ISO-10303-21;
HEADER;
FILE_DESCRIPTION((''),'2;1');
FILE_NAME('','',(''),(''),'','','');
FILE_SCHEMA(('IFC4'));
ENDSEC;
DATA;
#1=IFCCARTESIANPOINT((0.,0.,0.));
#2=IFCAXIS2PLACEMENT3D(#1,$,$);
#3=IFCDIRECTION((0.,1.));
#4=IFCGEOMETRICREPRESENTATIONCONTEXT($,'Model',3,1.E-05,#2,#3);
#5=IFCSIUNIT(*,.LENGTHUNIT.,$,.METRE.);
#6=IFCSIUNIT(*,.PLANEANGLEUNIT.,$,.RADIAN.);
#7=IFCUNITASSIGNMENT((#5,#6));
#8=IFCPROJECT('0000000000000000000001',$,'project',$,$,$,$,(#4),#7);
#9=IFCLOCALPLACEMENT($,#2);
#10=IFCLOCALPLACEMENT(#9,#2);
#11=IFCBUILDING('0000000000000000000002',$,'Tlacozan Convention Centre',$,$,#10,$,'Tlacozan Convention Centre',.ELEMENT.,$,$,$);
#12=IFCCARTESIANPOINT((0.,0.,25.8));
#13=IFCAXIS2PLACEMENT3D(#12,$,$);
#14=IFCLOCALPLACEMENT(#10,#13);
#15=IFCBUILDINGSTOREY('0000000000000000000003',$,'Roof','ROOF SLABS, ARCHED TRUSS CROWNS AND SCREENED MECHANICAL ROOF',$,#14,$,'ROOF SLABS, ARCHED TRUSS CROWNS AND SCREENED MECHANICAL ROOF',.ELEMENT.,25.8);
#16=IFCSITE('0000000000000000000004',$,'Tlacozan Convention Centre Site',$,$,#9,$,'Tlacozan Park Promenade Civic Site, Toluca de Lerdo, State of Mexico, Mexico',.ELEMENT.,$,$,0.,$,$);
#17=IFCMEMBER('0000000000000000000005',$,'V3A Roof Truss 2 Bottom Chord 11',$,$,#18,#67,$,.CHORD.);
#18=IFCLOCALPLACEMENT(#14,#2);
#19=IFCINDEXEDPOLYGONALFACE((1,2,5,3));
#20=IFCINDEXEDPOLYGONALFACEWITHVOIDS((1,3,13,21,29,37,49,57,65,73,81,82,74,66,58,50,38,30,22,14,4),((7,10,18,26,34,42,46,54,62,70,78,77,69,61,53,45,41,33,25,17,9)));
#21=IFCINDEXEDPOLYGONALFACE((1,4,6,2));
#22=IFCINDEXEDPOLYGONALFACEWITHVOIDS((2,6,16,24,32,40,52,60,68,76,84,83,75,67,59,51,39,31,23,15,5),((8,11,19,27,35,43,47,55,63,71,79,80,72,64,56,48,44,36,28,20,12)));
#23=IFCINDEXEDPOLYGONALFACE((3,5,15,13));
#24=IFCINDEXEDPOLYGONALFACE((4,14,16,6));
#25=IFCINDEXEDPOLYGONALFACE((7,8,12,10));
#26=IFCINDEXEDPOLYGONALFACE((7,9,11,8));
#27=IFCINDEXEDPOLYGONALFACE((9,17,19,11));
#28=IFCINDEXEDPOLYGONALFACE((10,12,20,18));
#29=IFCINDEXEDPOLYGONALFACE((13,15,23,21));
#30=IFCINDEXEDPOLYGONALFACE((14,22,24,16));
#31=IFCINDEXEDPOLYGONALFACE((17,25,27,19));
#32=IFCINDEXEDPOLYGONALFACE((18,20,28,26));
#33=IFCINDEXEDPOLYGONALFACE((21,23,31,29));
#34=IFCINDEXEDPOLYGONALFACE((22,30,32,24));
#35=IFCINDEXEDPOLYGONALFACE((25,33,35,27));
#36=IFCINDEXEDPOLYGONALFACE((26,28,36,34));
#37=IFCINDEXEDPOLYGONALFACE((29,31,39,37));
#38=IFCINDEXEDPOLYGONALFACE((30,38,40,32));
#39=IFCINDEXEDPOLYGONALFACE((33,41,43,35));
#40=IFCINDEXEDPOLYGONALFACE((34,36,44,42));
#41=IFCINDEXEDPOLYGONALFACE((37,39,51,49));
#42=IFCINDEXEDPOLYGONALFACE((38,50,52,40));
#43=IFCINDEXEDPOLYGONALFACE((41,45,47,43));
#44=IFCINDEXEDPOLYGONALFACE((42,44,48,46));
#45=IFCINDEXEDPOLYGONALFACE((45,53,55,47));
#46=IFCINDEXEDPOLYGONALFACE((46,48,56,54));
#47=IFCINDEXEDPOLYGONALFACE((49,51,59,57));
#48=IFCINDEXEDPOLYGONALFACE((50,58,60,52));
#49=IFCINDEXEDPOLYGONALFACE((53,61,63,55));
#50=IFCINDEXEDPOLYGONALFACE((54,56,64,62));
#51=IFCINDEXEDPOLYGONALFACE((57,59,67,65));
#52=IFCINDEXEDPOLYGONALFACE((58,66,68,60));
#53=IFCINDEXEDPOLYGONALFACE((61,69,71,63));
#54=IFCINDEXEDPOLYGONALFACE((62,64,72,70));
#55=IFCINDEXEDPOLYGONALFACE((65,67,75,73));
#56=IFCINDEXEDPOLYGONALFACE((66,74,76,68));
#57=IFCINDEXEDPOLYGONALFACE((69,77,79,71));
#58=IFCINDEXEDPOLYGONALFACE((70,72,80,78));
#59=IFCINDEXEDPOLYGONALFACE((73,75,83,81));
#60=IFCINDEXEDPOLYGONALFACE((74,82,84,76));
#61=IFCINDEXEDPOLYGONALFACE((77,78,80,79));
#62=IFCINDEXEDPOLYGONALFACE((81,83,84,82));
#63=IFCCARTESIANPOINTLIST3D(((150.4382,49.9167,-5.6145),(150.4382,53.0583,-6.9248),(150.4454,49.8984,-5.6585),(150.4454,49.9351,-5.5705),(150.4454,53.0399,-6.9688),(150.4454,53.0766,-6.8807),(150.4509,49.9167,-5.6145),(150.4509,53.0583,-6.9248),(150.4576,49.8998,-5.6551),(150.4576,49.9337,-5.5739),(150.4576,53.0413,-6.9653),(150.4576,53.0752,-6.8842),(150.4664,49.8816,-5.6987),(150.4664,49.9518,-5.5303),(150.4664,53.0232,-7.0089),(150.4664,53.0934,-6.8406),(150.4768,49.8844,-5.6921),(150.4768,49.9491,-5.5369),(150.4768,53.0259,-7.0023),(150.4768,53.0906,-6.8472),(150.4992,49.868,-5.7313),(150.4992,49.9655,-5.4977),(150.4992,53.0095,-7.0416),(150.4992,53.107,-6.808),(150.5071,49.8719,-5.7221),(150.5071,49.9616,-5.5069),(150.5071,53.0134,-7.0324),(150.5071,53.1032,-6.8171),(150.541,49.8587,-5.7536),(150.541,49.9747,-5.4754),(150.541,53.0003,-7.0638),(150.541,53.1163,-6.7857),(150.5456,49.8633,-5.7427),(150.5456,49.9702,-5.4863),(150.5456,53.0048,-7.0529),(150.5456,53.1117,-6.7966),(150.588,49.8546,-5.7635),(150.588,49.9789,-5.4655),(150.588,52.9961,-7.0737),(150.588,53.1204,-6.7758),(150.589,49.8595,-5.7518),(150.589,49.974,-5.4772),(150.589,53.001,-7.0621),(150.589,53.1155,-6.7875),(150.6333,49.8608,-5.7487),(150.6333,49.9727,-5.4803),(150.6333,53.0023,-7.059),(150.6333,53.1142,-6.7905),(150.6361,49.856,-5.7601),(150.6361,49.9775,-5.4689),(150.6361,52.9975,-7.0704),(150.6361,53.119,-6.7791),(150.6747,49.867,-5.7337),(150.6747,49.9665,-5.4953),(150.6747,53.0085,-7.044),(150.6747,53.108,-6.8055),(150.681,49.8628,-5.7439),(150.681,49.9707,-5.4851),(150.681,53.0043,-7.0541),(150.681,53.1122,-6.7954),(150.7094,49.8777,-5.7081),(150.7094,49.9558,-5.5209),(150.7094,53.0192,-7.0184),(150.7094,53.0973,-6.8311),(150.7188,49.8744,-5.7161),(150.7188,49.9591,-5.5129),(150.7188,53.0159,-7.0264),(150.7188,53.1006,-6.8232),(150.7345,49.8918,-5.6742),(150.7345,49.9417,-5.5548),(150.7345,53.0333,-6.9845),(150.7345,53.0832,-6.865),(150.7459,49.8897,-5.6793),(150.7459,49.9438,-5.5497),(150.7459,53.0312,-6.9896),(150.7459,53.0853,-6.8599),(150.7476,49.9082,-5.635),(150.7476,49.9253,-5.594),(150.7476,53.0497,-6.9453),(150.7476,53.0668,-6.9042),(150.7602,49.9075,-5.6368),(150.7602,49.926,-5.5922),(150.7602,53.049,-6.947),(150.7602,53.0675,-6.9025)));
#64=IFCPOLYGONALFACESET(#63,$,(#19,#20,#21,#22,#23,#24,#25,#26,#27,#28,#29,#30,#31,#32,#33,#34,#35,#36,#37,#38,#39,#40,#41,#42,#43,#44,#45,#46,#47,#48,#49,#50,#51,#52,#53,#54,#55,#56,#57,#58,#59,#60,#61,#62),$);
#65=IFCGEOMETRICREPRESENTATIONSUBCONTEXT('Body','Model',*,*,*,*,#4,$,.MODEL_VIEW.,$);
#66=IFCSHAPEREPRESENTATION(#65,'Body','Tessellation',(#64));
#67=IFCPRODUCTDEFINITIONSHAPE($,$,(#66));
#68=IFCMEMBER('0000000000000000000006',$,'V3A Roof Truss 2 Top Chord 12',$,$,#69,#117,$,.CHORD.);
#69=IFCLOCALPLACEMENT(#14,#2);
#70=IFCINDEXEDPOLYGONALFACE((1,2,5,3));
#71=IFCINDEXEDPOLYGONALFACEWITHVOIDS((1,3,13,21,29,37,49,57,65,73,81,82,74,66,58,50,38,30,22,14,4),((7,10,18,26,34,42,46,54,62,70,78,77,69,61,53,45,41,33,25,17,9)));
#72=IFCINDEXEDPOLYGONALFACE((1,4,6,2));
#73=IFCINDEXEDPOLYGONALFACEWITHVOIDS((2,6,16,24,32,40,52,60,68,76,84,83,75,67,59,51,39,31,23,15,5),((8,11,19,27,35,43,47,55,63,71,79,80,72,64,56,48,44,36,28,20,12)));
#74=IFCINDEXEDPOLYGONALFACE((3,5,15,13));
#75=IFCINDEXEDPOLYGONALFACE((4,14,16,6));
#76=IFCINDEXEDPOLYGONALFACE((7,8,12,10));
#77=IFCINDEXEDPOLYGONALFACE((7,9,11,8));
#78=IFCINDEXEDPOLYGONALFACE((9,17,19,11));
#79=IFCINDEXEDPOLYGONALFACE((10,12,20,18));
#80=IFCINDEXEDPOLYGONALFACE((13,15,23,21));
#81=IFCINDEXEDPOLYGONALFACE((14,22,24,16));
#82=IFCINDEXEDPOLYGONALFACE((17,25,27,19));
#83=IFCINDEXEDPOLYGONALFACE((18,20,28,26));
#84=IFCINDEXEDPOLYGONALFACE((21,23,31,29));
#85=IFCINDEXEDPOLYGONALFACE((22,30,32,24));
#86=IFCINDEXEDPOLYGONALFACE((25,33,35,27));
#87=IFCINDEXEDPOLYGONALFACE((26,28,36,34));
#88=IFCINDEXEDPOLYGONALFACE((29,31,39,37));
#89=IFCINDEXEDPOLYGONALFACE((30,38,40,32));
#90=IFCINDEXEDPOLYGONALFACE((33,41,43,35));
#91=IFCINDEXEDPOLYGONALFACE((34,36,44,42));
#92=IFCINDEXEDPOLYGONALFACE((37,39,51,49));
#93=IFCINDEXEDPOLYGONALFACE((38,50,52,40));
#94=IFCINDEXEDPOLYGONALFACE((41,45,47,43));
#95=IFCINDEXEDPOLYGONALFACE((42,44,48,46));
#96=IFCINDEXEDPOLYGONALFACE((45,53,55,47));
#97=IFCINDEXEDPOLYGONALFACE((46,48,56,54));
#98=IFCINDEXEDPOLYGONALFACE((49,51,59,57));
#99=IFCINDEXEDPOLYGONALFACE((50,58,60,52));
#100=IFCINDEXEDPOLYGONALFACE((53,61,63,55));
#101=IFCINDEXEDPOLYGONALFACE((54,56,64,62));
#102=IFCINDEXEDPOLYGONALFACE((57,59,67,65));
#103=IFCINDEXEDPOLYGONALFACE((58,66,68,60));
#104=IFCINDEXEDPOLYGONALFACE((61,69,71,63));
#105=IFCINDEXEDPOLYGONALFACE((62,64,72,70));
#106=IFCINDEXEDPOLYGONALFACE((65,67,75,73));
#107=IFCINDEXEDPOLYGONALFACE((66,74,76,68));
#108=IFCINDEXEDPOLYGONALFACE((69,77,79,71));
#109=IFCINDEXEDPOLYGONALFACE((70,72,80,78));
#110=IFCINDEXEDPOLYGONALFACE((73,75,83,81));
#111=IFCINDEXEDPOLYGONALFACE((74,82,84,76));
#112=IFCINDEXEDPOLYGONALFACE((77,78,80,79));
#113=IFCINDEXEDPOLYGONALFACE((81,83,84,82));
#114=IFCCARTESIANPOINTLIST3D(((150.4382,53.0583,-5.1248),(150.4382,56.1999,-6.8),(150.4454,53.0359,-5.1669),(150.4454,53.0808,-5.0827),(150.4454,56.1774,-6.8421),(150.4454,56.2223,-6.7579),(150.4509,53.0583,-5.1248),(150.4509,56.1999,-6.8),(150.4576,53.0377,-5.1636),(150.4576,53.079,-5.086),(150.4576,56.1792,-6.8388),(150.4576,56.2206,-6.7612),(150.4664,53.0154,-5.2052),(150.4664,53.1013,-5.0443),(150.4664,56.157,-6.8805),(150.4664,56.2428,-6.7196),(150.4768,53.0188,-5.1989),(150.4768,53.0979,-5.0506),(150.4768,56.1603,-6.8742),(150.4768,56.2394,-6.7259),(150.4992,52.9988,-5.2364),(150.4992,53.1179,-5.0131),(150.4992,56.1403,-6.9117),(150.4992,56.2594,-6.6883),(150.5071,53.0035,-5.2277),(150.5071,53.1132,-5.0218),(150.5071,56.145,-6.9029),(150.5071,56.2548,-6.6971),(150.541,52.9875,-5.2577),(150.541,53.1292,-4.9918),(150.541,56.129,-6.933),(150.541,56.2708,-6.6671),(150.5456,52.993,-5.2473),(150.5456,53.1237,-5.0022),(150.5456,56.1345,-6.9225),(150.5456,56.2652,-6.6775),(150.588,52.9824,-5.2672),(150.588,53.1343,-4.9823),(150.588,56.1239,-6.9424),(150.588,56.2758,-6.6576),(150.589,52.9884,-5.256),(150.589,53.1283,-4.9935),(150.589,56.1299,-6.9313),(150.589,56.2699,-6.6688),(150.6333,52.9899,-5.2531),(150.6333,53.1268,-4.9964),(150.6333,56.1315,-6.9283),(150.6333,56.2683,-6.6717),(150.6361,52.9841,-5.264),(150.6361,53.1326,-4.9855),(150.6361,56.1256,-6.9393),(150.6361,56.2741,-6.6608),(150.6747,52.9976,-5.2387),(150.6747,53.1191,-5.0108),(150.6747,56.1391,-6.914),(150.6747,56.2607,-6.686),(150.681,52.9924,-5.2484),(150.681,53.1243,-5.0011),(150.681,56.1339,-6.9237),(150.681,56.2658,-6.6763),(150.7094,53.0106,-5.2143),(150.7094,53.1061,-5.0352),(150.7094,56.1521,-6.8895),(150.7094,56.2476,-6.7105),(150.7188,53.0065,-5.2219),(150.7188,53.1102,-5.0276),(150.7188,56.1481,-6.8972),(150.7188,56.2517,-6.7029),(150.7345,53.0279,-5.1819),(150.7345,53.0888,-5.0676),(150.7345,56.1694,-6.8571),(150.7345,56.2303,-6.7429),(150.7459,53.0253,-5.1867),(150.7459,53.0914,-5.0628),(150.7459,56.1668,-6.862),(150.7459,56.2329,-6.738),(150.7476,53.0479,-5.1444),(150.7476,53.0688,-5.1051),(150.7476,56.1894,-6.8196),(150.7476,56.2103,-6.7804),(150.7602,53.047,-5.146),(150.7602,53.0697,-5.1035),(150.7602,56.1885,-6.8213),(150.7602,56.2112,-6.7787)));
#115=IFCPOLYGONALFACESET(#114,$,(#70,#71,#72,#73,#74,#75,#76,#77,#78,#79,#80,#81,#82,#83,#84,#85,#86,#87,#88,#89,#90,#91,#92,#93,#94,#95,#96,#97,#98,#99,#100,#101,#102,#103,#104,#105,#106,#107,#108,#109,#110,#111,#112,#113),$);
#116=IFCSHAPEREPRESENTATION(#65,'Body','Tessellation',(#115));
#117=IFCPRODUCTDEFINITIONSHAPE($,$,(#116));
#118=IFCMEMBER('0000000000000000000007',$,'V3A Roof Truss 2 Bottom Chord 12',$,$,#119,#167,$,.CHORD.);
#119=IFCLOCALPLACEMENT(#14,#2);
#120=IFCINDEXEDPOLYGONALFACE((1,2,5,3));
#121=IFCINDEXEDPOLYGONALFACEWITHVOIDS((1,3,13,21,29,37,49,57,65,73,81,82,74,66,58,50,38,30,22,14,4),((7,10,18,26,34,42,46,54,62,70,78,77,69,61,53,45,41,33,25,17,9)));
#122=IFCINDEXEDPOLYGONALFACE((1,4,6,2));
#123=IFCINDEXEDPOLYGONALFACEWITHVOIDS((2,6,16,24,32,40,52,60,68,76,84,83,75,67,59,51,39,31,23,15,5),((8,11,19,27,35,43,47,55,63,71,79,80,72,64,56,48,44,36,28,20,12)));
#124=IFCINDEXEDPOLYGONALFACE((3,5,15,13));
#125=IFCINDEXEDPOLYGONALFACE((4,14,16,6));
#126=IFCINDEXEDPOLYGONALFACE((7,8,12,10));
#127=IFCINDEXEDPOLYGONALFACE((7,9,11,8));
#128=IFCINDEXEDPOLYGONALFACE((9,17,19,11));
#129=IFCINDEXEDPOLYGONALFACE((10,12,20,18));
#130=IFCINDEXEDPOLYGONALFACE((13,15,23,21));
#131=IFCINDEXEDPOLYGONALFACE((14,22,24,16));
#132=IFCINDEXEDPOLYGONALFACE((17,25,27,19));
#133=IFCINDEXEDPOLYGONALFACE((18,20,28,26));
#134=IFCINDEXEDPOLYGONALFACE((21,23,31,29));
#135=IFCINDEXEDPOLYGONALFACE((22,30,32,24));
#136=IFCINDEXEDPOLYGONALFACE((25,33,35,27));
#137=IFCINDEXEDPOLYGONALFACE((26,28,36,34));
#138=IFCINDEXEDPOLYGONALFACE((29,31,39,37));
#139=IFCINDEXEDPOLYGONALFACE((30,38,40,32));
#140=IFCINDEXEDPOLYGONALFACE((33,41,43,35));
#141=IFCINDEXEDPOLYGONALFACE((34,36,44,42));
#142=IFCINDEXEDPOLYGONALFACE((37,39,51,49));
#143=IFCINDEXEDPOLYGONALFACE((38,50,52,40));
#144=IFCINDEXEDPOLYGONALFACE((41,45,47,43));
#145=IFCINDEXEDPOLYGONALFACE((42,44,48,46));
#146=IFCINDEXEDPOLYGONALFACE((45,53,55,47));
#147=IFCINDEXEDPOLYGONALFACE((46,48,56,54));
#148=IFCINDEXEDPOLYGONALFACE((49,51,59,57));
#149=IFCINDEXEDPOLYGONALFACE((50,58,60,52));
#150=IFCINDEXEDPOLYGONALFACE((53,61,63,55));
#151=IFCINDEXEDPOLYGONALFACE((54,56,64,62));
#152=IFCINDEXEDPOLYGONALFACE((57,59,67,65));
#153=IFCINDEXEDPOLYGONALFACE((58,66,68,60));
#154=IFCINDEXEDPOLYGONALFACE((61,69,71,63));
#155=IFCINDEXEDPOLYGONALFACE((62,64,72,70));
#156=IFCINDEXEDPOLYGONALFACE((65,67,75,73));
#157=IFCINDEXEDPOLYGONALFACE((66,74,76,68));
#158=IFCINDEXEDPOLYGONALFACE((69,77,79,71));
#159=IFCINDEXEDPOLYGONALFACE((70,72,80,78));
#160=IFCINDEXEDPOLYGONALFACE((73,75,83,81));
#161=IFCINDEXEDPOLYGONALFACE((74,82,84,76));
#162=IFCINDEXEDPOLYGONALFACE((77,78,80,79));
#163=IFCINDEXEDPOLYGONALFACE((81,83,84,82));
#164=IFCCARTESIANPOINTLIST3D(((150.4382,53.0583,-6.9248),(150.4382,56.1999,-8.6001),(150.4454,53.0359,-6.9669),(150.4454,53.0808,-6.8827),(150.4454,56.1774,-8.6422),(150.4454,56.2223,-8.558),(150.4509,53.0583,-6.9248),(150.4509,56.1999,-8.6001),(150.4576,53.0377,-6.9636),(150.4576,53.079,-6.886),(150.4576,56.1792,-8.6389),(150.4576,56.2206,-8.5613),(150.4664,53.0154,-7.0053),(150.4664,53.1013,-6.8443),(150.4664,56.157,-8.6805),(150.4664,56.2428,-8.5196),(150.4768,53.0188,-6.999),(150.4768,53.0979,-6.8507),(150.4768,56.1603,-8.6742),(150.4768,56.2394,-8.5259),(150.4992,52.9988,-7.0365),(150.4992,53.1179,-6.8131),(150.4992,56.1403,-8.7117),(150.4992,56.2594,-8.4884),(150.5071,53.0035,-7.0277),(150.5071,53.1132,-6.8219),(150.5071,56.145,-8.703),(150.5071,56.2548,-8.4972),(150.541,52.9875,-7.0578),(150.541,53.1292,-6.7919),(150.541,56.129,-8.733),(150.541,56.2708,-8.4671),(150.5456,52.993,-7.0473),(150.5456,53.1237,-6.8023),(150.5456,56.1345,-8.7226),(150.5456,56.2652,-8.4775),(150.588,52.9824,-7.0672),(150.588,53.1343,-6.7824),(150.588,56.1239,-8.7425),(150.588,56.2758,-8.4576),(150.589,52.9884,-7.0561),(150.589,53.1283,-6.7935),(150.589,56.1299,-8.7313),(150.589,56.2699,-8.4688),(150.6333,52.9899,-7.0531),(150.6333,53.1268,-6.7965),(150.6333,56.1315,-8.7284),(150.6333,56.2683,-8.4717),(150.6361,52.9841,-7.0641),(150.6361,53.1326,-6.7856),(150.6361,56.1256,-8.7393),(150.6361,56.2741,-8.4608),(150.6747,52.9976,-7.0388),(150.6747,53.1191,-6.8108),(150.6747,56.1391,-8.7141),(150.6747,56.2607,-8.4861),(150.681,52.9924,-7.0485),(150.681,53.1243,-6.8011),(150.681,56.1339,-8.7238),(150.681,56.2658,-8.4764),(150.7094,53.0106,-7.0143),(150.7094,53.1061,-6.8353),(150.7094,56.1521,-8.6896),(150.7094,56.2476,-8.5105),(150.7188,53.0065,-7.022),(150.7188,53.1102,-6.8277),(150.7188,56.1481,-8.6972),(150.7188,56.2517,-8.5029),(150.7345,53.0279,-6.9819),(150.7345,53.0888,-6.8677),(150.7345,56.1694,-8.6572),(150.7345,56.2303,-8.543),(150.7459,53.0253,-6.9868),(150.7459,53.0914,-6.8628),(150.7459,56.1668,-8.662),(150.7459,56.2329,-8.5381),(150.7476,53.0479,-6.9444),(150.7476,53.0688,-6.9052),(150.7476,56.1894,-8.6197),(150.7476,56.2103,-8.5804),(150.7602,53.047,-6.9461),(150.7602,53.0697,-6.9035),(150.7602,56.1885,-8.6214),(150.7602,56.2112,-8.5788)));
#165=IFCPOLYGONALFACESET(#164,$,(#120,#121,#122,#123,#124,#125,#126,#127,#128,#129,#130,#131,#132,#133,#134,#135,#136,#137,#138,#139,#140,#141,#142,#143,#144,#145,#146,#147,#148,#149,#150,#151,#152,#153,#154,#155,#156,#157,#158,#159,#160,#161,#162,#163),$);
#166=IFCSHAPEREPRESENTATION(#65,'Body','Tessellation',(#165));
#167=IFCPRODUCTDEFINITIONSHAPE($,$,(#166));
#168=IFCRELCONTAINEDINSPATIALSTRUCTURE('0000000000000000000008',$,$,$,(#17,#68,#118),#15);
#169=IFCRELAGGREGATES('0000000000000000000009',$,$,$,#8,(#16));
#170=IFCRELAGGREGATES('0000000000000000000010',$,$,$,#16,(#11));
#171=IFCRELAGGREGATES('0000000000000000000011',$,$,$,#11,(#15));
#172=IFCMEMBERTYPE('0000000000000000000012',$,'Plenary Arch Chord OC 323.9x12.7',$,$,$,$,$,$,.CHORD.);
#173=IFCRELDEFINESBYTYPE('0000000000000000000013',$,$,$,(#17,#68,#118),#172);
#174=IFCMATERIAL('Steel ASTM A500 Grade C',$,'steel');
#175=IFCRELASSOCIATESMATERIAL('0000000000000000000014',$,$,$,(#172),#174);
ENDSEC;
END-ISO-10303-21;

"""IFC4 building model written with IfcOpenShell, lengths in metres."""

from ifc_helpers import new_model, si_unit, direction, frame, origin, origin_2d, place, context, subcontext, project, spatial, hollow_circle, extrude, material, material_profile, profile_set, type_object, element, save


model = new_model("IFC4")

# Units and contexts
model_context = context("Model", 3, precision=1e-05, world=origin(), true_north=direction((0.0, 1.0)))
body_context = subcontext(model_context, "Body", "Model", "MODEL_VIEW")
ifc_project = project(units=[si_unit("LENGTHUNIT", "METRE"), si_unit("PLANEANGLEUNIT", "RADIAN")], contexts=[model_context])

# Site, building, storey
site_placement = place(None, origin())
site = spatial("IfcSite", under=ifc_project, at=site_placement, Name="Tlacozan Convention Centre Site", LongName="Tlacozan Park Promenade Civic Site, Toluca de Lerdo, State of Mexico, Mexico", CompositionType="ELEMENT", RefElevation=0.0)
building_placement = place(site_placement, origin())
building = spatial("IfcBuilding", under=site, at=building_placement, Name="Tlacozan Convention Centre", LongName="Tlacozan Convention Centre", CompositionType="ELEMENT")
storey_placement = place(building_placement, frame((0.0, 0.0, 25.8)))
storey = spatial("IfcBuildingStorey", under=building, at=storey_placement, Name="Roof", Description="ROOF SLABS, ARCHED TRUSS CROWNS AND SCREENED MECHANICAL ROOF", LongName="ROOF SLABS, ARCHED TRUSS CROWNS AND SCREENED MECHANICAL ROOF", CompositionType="ELEMENT", Elevation=25.8)

# Members
ifc_material_1 = material(Name="Steel ASTM A500 Grade C", Category="steel")
ifc_material_profile_1 = material_profile(ifc_material_1, hollow_circle(Radius=0.1619, WallThickness=0.0127, at=origin_2d()), Name="OC 323.9x12.7")
ifc_profile_set_1 = profile_set([ifc_material_profile_1], Name="Steel ASTM A500 Grade C")
member_type_1 = type_object("IfcMemberType", Name="Plenary Arch Chord OC 323.9x12.7", PredefinedType="CHORD", material=ifc_profile_set_1)
for number, where, z_axis, x_axis, name in (
    (1, (150.6001, 49.9167, -5.6145), (0.0, 0.922941, -0.384941), (-1.0, 0.0, 0.0), "V3A Roof Truss 2 Bottom Chord 11"),
):
    element("IfcMember", number, at=place(storey_placement, frame(where, z_axis=z_axis, x_axis=x_axis)), inside=storey, type_object=member_type_1, Name=name, PredefinedType="CHORD", context=body_context, shape_type="SweptSolid", body=[
        extrude(hollow_circle(Radius=0.1619, WallThickness=0.0127, at=origin_2d()), origin(), (0.0, 0.0, 1.0), 3.4038),
    ])
for number, where, z_axis, x_axis, name in (
    (2, (150.6001, 53.0583, -5.1248), (0.0, 0.88238, -0.470538), (-1.0, 0.0, 0.0), "V3A Roof Truss 2 Top Chord 12"),
    (3, (150.6001, 53.0583, -6.9248), (0.0, 0.88238, -0.470538), (-1.0, 0.0, 0.0), "V3A Roof Truss 2 Bottom Chord 12"),
):
    element("IfcMember", number, at=place(storey_placement, frame(where, z_axis=z_axis, x_axis=x_axis)), inside=storey, type_object=member_type_1, Name=name, PredefinedType="CHORD", context=body_context, shape_type="SweptSolid", body=[
        extrude(hollow_circle(Radius=0.1619, WallThickness=0.0127, at=origin_2d()), origin(), (0.0, 0.0, 1.0), 3.5603),
    ])

save(model, "model.ifc")
